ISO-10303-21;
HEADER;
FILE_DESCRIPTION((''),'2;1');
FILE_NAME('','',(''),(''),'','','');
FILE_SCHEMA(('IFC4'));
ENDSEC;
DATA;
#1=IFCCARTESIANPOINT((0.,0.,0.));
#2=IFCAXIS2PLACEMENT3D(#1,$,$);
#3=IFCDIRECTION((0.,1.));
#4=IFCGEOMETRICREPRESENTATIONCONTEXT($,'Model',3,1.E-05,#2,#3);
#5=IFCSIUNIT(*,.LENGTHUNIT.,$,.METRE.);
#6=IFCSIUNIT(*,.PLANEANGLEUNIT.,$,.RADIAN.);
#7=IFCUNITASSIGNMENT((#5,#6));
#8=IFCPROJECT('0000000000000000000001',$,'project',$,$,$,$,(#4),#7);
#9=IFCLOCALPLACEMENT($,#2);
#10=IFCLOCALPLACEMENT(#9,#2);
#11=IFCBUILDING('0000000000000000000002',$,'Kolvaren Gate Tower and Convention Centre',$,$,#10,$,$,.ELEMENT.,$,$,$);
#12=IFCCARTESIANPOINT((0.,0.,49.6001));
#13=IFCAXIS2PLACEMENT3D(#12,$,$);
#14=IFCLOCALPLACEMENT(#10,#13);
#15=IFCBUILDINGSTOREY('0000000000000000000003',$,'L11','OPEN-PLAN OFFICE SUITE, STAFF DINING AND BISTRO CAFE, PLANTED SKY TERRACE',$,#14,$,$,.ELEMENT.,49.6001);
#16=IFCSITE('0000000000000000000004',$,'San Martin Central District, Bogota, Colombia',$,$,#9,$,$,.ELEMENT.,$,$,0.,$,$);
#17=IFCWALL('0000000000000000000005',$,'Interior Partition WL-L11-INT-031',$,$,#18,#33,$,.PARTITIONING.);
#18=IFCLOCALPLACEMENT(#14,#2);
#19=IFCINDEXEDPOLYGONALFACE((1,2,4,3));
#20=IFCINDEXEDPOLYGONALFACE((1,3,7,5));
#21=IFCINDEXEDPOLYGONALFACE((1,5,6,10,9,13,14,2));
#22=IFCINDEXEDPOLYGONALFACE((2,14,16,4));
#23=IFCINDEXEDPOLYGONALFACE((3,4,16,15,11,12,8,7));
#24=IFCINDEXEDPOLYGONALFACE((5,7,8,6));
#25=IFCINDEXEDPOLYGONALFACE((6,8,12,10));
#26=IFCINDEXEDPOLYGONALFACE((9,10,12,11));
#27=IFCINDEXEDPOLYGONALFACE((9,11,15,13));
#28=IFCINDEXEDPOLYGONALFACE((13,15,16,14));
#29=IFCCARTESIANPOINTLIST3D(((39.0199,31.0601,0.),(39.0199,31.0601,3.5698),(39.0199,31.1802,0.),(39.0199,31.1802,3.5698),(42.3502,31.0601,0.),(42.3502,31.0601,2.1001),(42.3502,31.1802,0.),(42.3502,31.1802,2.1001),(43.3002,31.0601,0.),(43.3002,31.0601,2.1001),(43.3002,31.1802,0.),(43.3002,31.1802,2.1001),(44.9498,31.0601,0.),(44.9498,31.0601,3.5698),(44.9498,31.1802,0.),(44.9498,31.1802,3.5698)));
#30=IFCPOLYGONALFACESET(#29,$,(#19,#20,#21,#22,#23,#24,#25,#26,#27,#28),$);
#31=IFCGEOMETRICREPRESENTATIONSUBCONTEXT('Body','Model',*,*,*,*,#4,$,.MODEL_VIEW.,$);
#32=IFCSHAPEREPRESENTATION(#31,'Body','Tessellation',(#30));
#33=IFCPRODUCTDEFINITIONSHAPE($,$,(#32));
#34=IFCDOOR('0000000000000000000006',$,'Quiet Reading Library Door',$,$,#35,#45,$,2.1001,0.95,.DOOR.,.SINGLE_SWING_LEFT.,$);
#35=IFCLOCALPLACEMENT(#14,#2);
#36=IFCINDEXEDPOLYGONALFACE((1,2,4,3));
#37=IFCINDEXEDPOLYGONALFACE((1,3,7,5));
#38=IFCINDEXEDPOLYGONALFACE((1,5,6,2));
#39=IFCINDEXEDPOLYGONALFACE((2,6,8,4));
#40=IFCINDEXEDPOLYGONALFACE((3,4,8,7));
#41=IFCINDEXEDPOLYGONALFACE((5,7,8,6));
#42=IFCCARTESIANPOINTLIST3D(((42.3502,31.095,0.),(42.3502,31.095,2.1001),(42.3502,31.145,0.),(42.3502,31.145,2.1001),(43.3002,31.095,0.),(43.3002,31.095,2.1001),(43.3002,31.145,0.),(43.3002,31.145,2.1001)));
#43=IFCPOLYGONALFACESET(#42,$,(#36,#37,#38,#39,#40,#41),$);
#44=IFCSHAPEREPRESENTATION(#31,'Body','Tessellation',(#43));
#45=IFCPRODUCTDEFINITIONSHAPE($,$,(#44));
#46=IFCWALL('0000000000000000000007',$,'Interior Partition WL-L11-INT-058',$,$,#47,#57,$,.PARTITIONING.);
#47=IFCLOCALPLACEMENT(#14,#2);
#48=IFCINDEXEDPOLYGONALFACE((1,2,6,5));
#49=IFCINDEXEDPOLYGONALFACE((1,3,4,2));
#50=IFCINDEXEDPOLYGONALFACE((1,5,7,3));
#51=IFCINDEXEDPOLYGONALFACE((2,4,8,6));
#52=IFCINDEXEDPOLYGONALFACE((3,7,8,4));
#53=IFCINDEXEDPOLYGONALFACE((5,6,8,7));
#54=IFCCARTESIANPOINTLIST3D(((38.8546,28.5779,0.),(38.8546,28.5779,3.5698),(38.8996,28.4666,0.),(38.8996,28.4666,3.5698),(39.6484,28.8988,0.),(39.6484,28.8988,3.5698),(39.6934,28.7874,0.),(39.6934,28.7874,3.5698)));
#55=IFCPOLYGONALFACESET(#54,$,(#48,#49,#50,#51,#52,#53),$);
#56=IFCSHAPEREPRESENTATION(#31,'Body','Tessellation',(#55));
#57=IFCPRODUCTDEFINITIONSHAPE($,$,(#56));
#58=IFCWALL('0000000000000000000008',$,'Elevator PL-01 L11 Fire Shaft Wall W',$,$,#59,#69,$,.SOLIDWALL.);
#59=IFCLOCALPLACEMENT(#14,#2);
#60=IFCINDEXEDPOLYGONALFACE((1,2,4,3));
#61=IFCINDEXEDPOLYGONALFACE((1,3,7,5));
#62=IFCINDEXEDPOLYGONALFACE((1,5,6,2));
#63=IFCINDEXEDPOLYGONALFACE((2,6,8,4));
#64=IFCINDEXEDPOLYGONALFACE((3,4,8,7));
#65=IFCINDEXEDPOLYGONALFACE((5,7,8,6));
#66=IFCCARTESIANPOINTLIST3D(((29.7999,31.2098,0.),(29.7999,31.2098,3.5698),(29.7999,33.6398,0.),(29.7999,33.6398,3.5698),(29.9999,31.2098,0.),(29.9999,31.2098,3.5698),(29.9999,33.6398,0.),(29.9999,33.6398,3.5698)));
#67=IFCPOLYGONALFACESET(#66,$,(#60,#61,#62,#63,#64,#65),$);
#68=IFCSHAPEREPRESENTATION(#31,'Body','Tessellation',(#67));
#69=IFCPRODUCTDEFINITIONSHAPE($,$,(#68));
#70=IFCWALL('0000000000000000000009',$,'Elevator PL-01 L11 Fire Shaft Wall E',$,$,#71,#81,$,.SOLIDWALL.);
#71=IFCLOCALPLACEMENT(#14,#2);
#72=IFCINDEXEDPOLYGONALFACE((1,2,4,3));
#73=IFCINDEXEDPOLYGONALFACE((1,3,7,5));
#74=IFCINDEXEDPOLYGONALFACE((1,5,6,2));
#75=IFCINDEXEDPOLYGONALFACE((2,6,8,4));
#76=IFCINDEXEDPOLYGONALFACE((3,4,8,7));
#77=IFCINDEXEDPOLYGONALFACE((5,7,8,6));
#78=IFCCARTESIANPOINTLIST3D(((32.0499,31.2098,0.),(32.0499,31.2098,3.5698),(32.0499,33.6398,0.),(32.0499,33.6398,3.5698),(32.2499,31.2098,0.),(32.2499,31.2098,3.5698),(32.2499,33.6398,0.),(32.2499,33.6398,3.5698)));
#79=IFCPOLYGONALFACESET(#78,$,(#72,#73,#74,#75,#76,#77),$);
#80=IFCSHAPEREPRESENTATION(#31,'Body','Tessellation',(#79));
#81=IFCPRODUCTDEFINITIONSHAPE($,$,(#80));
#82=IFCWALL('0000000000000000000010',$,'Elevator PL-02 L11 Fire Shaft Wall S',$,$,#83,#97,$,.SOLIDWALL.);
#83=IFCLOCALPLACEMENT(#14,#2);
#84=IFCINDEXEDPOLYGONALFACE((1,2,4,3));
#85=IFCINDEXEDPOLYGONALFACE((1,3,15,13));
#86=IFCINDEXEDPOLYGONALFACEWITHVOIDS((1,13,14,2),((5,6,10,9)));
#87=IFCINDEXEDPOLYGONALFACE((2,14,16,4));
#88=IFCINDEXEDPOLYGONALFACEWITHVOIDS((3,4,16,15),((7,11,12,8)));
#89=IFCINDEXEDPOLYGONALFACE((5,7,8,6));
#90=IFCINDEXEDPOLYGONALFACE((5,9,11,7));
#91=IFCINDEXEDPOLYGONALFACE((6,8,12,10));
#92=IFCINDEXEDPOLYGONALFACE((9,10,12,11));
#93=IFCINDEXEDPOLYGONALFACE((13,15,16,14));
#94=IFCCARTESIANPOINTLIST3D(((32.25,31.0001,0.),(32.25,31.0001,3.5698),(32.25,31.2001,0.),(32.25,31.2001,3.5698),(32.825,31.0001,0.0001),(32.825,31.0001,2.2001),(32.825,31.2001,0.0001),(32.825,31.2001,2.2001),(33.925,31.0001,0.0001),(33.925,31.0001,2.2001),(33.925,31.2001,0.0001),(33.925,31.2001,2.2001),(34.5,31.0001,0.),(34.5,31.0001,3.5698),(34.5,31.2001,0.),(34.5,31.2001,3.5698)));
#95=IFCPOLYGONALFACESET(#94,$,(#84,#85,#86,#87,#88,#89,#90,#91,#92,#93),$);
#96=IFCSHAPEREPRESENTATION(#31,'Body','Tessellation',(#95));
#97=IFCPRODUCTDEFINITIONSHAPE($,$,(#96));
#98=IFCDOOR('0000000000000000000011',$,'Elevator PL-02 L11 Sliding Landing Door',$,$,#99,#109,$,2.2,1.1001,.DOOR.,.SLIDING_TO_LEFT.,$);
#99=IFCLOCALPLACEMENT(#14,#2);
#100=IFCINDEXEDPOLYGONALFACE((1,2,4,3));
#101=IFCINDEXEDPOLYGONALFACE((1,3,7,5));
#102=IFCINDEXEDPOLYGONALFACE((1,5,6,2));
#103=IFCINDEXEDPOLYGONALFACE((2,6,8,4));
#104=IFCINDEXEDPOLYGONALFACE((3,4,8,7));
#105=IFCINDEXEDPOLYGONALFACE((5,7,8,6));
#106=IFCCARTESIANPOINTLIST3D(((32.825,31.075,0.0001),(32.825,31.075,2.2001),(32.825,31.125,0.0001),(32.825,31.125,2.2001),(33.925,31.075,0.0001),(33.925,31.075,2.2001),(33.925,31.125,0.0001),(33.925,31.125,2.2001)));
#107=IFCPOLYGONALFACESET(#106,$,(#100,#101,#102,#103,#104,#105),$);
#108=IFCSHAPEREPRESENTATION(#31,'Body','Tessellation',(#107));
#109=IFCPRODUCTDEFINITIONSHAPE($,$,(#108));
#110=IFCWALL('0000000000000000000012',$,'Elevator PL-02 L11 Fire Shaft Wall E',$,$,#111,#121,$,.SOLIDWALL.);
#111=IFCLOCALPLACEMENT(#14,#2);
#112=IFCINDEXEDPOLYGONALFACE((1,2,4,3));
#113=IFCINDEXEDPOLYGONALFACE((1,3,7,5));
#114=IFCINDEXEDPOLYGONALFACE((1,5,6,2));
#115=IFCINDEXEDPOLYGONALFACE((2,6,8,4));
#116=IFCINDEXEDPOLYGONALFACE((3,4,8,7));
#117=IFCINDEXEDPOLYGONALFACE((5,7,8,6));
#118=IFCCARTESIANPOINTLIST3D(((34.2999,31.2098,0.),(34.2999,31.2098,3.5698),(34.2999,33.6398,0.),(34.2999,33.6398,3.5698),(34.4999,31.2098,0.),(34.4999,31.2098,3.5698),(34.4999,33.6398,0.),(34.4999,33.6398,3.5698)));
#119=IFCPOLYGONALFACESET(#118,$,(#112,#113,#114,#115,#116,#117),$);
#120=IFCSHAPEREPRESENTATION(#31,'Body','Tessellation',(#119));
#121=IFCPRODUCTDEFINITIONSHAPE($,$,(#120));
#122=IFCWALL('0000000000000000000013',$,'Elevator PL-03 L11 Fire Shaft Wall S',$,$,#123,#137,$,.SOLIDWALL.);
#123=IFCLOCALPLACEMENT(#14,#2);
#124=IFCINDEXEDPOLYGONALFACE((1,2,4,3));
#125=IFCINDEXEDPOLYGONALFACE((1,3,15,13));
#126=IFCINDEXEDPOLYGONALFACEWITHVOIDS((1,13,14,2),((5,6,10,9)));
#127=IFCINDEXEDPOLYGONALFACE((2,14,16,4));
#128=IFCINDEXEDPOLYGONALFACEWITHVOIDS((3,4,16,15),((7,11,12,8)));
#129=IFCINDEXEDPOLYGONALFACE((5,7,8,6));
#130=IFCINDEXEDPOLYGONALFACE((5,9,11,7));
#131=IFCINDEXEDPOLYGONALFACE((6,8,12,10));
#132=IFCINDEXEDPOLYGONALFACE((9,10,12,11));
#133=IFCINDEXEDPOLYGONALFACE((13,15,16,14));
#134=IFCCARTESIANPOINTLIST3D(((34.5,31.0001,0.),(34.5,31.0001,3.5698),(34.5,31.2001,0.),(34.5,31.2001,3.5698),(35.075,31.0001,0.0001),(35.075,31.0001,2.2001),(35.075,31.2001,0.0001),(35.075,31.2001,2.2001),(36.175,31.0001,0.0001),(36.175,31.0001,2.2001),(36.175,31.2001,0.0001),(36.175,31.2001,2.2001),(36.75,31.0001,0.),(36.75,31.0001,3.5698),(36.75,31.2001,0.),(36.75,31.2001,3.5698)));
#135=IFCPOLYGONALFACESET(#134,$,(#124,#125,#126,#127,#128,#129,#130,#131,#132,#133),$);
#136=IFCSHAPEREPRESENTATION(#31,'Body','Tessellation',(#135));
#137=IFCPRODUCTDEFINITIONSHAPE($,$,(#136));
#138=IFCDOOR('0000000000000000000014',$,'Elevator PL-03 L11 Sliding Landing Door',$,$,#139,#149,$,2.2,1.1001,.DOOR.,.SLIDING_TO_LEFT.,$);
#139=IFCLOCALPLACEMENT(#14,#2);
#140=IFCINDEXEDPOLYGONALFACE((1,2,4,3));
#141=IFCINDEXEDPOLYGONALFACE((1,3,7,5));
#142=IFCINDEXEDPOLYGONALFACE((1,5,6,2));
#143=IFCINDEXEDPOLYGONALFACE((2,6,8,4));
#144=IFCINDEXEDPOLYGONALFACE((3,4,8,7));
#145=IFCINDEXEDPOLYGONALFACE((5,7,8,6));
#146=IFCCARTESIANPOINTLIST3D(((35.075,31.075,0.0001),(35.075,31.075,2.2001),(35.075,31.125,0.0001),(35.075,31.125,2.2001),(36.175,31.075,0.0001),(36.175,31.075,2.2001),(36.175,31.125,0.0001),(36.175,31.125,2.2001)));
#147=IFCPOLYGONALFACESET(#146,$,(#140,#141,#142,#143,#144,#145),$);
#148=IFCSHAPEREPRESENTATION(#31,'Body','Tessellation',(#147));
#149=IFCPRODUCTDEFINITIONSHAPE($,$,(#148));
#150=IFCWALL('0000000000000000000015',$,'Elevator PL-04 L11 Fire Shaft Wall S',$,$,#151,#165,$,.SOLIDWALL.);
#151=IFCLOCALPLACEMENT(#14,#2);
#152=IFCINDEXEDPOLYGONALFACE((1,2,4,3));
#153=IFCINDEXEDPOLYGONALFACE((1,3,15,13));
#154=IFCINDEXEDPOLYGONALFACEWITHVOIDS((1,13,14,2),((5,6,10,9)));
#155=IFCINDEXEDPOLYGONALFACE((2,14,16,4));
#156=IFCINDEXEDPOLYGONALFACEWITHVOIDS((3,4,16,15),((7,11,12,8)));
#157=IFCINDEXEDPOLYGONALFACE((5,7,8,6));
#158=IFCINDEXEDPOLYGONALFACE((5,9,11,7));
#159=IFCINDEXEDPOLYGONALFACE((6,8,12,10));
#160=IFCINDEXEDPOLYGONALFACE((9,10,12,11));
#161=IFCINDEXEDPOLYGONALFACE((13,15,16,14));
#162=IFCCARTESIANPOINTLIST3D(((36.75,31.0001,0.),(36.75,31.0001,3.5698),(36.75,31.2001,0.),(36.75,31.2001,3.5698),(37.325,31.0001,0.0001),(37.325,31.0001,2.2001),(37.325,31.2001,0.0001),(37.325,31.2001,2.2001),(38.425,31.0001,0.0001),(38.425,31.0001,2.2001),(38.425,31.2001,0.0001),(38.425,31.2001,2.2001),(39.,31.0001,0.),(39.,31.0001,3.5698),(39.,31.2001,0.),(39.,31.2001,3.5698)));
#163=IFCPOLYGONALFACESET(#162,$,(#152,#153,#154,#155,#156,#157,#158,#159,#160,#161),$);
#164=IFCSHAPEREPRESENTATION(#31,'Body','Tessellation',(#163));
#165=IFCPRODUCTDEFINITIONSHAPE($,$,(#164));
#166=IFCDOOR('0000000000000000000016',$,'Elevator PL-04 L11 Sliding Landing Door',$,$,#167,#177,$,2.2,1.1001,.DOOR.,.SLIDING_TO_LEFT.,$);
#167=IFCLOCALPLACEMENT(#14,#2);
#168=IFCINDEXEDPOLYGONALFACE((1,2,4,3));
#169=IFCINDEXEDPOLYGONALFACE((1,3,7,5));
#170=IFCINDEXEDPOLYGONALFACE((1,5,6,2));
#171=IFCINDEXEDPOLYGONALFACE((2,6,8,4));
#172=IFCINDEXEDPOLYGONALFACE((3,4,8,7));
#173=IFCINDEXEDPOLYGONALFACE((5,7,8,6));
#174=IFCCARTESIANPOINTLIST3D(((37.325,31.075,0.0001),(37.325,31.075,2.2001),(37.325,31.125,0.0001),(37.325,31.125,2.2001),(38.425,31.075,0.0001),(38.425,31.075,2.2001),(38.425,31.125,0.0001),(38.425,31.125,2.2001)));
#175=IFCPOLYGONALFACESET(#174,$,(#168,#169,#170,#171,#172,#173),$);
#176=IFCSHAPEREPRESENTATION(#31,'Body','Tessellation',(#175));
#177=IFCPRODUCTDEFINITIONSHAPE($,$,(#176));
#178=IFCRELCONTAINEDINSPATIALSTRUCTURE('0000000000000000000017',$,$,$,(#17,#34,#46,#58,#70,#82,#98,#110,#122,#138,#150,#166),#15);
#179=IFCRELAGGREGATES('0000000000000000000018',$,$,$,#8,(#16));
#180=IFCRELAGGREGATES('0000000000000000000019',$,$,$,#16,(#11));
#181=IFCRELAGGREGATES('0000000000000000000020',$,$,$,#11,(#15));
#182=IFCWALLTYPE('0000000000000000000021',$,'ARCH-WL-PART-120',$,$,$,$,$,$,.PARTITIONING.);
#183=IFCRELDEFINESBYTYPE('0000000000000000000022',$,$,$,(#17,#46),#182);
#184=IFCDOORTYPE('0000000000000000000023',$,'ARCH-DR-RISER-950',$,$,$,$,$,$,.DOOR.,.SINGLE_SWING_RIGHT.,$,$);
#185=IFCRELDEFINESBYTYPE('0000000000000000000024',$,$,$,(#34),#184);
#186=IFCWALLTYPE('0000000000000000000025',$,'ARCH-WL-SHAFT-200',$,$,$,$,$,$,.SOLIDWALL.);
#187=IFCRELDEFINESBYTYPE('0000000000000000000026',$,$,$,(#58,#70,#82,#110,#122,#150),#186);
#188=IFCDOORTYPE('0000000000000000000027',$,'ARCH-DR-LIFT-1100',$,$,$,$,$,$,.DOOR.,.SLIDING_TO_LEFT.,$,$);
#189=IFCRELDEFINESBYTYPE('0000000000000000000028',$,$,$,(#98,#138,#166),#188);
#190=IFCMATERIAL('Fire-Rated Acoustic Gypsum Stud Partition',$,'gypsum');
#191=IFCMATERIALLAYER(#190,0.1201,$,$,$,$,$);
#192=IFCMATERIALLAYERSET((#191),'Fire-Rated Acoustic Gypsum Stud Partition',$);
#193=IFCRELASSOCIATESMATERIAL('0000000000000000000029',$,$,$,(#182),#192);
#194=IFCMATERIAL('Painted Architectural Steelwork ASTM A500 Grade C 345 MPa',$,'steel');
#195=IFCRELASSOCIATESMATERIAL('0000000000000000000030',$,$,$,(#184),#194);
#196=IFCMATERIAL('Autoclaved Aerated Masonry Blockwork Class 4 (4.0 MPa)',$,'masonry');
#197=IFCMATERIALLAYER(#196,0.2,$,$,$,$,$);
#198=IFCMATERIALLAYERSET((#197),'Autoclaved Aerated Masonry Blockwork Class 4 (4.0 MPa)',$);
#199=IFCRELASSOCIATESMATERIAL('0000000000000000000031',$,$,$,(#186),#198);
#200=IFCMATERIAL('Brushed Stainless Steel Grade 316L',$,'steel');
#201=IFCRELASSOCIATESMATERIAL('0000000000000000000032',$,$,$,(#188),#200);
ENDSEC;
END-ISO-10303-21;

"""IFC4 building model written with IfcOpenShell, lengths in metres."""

from ifc_helpers import new_model, si_unit, direction, frame, frame_2d, origin, place, context, subcontext, project, spatial, rectangle, extrude, material, layer, layer_set, type_object, element, fill, save


model = new_model("IFC4")

# Units and contexts
model_context = context("Model", 3, precision=1e-05, world=origin(), true_north=direction((0.0, 1.0)))
body_context = subcontext(model_context, "Body", "Model", "MODEL_VIEW")
ifc_project = project(units=[si_unit("LENGTHUNIT", "METRE"), si_unit("PLANEANGLEUNIT", "RADIAN")], contexts=[model_context])

# Site, building, storey
site_placement = place(None, origin())
site = spatial("IfcSite", under=ifc_project, at=site_placement, Name="San Martin Central District, Bogota, Colombia", CompositionType="ELEMENT", RefElevation=0.0)
building_placement = place(site_placement, origin())
building = spatial("IfcBuilding", under=site, at=building_placement, Name="Kolvaren Gate Tower and Convention Centre", CompositionType="ELEMENT")
storey_placement = place(building_placement, frame((0.0, 0.0, 49.6001)))
storey = spatial("IfcBuildingStorey", under=building, at=storey_placement, Name="L11", Description="OPEN-PLAN OFFICE SUITE, STAFF DINING AND BISTRO CAFE, PLANTED SKY TERRACE", CompositionType="ELEMENT", Elevation=49.6001)

# Wall, opening, door
ifc_material_1 = material(Name="Fire-Rated Acoustic Gypsum Stud Partition", Category="gypsum")
ifc_layer_1 = layer(ifc_material_1, 0.1201)
ifc_layer_set_1 = layer_set([ifc_layer_1], Name="Fire-Rated Acoustic Gypsum Stud Partition")
wall_type_1 = type_object("IfcWallType", Name="ARCH-WL-PART-120", PredefinedType="PARTITIONING", material=ifc_layer_set_1)
wall_1_placement = place(storey_placement, frame((39.02, 31.1201, 0.0), z_axis=(0.0, 0.0, 1.0), x_axis=(1.0, 0.0, 0.0)))
wall_1 = element("IfcWall", 1, at=wall_1_placement, inside=storey, type_object=wall_type_1, Name="Interior Partition WL-L11-INT-031", PredefinedType="PARTITIONING", context=body_context, shape_type="SweptSolid", body=[
    extrude(rectangle(XDim=5.9299, YDim=0.1201, at=frame_2d((2.9648, 0.0))), origin(), (0.0, 0.0, 1.0), 3.5698),
])
opening_1_placement = place(wall_1_placement, frame((3.3301, 0.0, 0.0)))
opening_1 = element("IfcOpeningElement", 2, at=opening_1_placement, cuts=wall_1, PredefinedType="OPENING", context=body_context, shape_type="SweptSolid", body=[
    extrude(rectangle(XDim=0.95, YDim=2.1001, at=frame_2d((0.4751, 1.05))), frame((0.0, 0.0701, 0.0), z_axis=(0.0, -1.0, 0.0), x_axis=(1.0, 0.0, 0.0)), (0.0, 0.0, 1.0), 0.1401),
])
ifc_material_2 = material(Name="Painted Architectural Steelwork ASTM A500 Grade C 345 MPa", Category="steel")
door_type_1 = type_object("IfcDoorType", Name="ARCH-DR-RISER-950", OperationType="SINGLE_SWING_RIGHT", PredefinedType="DOOR", material=ifc_material_2)
door_1_placement = place(opening_1_placement, origin())
door_1 = element("IfcDoor", 3, at=door_1_placement, inside=storey, type_object=door_type_1, Name="Quiet Reading Library Door", OperationType="SINGLE_SWING_LEFT", OverallHeight=2.1001, OverallWidth=0.95, PredefinedType="DOOR", context=body_context, shape_type="SweptSolid", body=[
    extrude(rectangle(XDim=0.95, YDim=2.1001, at=frame_2d((0.4751, 1.05))), frame((0.0, 0.0249, 0.0), z_axis=(0.0, -1.0, 0.0), x_axis=(1.0, 0.0, 0.0)), (0.0, 0.0, 1.0), 0.05),
])
fill(opening_1, door_1)

# Walls
wall_2_placement = place(storey_placement, frame((38.877, 28.5222, 0.0), z_axis=(0.0, 0.0, 1.0), x_axis=(0.927133, 0.374732, 0.0)))
element("IfcWall", 4, at=wall_2_placement, inside=storey, type_object=wall_type_1, Name="Interior Partition WL-L11-INT-058", PredefinedType="PARTITIONING", context=body_context, shape_type="SweptSolid", body=[
    extrude(rectangle(XDim=0.8562, YDim=0.1201, at=frame_2d((0.4282, 0.0))), origin(), (0.0, 0.0, 1.0), 3.5698),
])
ifc_material_3 = material(Name="Autoclaved Aerated Masonry Blockwork Class 4 (4.0 MPa)", Category="masonry")
ifc_layer_2 = layer(ifc_material_3, 0.2)
ifc_layer_set_2 = layer_set([ifc_layer_2], Name="Autoclaved Aerated Masonry Blockwork Class 4 (4.0 MPa)")
wall_type_2 = type_object("IfcWallType", Name="ARCH-WL-SHAFT-200", PredefinedType="SOLIDWALL", material=ifc_layer_set_2)
for number, where, z_axis, x_axis, name in (
    (5, (29.8999, 31.21, 0.0), (0.0, 0.0, 1.0), (0.0, 1.0, 0.0), "Elevator PL-01 L11 Fire Shaft Wall W"),
    (6, (32.1499, 31.21, 0.0), (0.0, 0.0, 1.0), (0.0, 1.0, 0.0), "Elevator PL-01 L11 Fire Shaft Wall E"),
):
    element("IfcWall", number, at=place(storey_placement, frame(where, z_axis=z_axis, x_axis=x_axis)), inside=storey, type_object=wall_type_2, Name=name, PredefinedType="SOLIDWALL", context=body_context, shape_type="SweptSolid", body=[
        extrude(rectangle(XDim=2.4299, YDim=0.2, at=frame_2d((1.2148, 0.0))), origin(), (0.0, 0.0, 1.0), 3.5698),
    ])

# Wall, opening, door
wall_3_placement = place(storey_placement, frame((32.25, 31.1001, 0.0), z_axis=(0.0, 0.0, 1.0), x_axis=(1.0, 0.0, 0.0)))
wall_3 = element("IfcWall", 7, at=wall_3_placement, inside=storey, type_object=wall_type_2, Name="Elevator PL-02 L11 Fire Shaft Wall S", PredefinedType="SOLIDWALL", context=body_context, shape_type="SweptSolid", body=[
    extrude(rectangle(XDim=2.25, YDim=0.2, at=frame_2d((1.125, 0.0))), origin(), (0.0, 0.0, 1.0), 3.5698),
])
opening_2_placement = place(wall_3_placement, frame((0.575, 0.0, 0.0)))
opening_2 = element("IfcOpeningElement", 8, at=opening_2_placement, cuts=wall_3, PredefinedType="OPENING", context=body_context, shape_type="SweptSolid", body=[
    extrude(rectangle(XDim=1.1001, YDim=2.2, at=frame_2d((0.55, 1.1001))), frame((0.0, 0.1099, 0.0), z_axis=(0.0, -1.0, 0.0), x_axis=(1.0, 0.0, 0.0)), (0.0, 0.0, 1.0), 0.22),
])
ifc_material_4 = material(Name="Brushed Stainless Steel Grade 316L", Category="steel")
door_type_2 = type_object("IfcDoorType", Name="ARCH-DR-LIFT-1100", OperationType="SLIDING_TO_LEFT", PredefinedType="DOOR", material=ifc_material_4)
door_2_placement = place(opening_2_placement, origin())
door_2 = element("IfcDoor", 9, at=door_2_placement, inside=storey, type_object=door_type_2, Name="Elevator PL-02 L11 Sliding Landing Door", OperationType="SLIDING_TO_LEFT", OverallHeight=2.2, OverallWidth=1.1001, PredefinedType="DOOR", context=body_context, shape_type="SweptSolid", body=[
    extrude(rectangle(XDim=1.1001, YDim=2.2, at=frame_2d((0.55, 1.1001))), frame((0.0, 0.0249, 0.0), z_axis=(0.0, -1.0, 0.0), x_axis=(1.0, 0.0, 0.0)), (0.0, 0.0, 1.0), 0.05),
])
fill(opening_2, door_2)

# Wall
wall_4_placement = place(storey_placement, frame((34.3999, 31.21, 0.0), z_axis=(0.0, 0.0, 1.0), x_axis=(0.0, 1.0, 0.0)))
element("IfcWall", 10, at=wall_4_placement, inside=storey, type_object=wall_type_2, Name="Elevator PL-02 L11 Fire Shaft Wall E", PredefinedType="SOLIDWALL", context=body_context, shape_type="SweptSolid", body=[
    extrude(rectangle(XDim=2.4299, YDim=0.2, at=frame_2d((1.2148, 0.0))), origin(), (0.0, 0.0, 1.0), 3.5698),
])

# Walls, openings, doors
wall_5_placement = place(storey_placement, frame((34.5, 31.1001, 0.0), z_axis=(0.0, 0.0, 1.0), x_axis=(1.0, 0.0, 0.0)))
wall_5 = element("IfcWall", 11, at=wall_5_placement, inside=storey, type_object=wall_type_2, Name="Elevator PL-03 L11 Fire Shaft Wall S", PredefinedType="SOLIDWALL", context=body_context, shape_type="SweptSolid", body=[
    extrude(rectangle(XDim=2.25, YDim=0.2, at=frame_2d((1.125, 0.0))), origin(), (0.0, 0.0, 1.0), 3.5698),
])
opening_3_placement = place(wall_5_placement, frame((0.575, 0.0, 0.0)))
opening_3 = element("IfcOpeningElement", 12, at=opening_3_placement, cuts=wall_5, PredefinedType="OPENING", context=body_context, shape_type="SweptSolid", body=[
    extrude(rectangle(XDim=1.1001, YDim=2.2, at=frame_2d((0.55, 1.1001))), frame((0.0, 0.1099, 0.0), z_axis=(0.0, -1.0, 0.0), x_axis=(1.0, 0.0, 0.0)), (0.0, 0.0, 1.0), 0.22),
])
door_3_placement = place(opening_3_placement, origin())
door_3 = element("IfcDoor", 13, at=door_3_placement, inside=storey, type_object=door_type_2, Name="Elevator PL-03 L11 Sliding Landing Door", OperationType="SLIDING_TO_LEFT", OverallHeight=2.2, OverallWidth=1.1001, PredefinedType="DOOR", context=body_context, shape_type="SweptSolid", body=[
    extrude(rectangle(XDim=1.1001, YDim=2.2, at=frame_2d((0.55, 1.1001))), frame((0.0, 0.0249, 0.0), z_axis=(0.0, -1.0, 0.0), x_axis=(1.0, 0.0, 0.0)), (0.0, 0.0, 1.0), 0.05),
])
fill(opening_3, door_3)
wall_6_placement = place(storey_placement, frame((36.75, 31.1001, 0.0), z_axis=(0.0, 0.0, 1.0), x_axis=(1.0, 0.0, 0.0)))
wall_6 = element("IfcWall", 14, at=wall_6_placement, inside=storey, type_object=wall_type_2, Name="Elevator PL-04 L11 Fire Shaft Wall S", PredefinedType="SOLIDWALL", context=body_context, shape_type="SweptSolid", body=[
    extrude(rectangle(XDim=2.25, YDim=0.2, at=frame_2d((1.125, 0.0))), origin(), (0.0, 0.0, 1.0), 3.5698),
])
opening_4_placement = place(wall_6_placement, frame((0.575, 0.0, 0.0)))
opening_4 = element("IfcOpeningElement", 15, at=opening_4_placement, cuts=wall_6, PredefinedType="OPENING", context=body_context, shape_type="SweptSolid", body=[
    extrude(rectangle(XDim=1.1001, YDim=2.2, at=frame_2d((0.55, 1.1001))), frame((0.0, 0.1099, 0.0), z_axis=(0.0, -1.0, 0.0), x_axis=(1.0, 0.0, 0.0)), (0.0, 0.0, 1.0), 0.22),
])
door_4_placement = place(opening_4_placement, origin())
door_4 = element("IfcDoor", 16, at=door_4_placement, inside=storey, type_object=door_type_2, Name="Elevator PL-04 L11 Sliding Landing Door", OperationType="SLIDING_TO_LEFT", OverallHeight=2.2, OverallWidth=1.1001, PredefinedType="DOOR", context=body_context, shape_type="SweptSolid", body=[
    extrude(rectangle(XDim=1.1001, YDim=2.2, at=frame_2d((0.55, 1.1001))), frame((0.0, 0.0249, 0.0), z_axis=(0.0, -1.0, 0.0), x_axis=(1.0, 0.0, 0.0)), (0.0, 0.0, 1.0), 0.05),
])
fill(opening_4, door_4)

save(model, "model.ifc")
